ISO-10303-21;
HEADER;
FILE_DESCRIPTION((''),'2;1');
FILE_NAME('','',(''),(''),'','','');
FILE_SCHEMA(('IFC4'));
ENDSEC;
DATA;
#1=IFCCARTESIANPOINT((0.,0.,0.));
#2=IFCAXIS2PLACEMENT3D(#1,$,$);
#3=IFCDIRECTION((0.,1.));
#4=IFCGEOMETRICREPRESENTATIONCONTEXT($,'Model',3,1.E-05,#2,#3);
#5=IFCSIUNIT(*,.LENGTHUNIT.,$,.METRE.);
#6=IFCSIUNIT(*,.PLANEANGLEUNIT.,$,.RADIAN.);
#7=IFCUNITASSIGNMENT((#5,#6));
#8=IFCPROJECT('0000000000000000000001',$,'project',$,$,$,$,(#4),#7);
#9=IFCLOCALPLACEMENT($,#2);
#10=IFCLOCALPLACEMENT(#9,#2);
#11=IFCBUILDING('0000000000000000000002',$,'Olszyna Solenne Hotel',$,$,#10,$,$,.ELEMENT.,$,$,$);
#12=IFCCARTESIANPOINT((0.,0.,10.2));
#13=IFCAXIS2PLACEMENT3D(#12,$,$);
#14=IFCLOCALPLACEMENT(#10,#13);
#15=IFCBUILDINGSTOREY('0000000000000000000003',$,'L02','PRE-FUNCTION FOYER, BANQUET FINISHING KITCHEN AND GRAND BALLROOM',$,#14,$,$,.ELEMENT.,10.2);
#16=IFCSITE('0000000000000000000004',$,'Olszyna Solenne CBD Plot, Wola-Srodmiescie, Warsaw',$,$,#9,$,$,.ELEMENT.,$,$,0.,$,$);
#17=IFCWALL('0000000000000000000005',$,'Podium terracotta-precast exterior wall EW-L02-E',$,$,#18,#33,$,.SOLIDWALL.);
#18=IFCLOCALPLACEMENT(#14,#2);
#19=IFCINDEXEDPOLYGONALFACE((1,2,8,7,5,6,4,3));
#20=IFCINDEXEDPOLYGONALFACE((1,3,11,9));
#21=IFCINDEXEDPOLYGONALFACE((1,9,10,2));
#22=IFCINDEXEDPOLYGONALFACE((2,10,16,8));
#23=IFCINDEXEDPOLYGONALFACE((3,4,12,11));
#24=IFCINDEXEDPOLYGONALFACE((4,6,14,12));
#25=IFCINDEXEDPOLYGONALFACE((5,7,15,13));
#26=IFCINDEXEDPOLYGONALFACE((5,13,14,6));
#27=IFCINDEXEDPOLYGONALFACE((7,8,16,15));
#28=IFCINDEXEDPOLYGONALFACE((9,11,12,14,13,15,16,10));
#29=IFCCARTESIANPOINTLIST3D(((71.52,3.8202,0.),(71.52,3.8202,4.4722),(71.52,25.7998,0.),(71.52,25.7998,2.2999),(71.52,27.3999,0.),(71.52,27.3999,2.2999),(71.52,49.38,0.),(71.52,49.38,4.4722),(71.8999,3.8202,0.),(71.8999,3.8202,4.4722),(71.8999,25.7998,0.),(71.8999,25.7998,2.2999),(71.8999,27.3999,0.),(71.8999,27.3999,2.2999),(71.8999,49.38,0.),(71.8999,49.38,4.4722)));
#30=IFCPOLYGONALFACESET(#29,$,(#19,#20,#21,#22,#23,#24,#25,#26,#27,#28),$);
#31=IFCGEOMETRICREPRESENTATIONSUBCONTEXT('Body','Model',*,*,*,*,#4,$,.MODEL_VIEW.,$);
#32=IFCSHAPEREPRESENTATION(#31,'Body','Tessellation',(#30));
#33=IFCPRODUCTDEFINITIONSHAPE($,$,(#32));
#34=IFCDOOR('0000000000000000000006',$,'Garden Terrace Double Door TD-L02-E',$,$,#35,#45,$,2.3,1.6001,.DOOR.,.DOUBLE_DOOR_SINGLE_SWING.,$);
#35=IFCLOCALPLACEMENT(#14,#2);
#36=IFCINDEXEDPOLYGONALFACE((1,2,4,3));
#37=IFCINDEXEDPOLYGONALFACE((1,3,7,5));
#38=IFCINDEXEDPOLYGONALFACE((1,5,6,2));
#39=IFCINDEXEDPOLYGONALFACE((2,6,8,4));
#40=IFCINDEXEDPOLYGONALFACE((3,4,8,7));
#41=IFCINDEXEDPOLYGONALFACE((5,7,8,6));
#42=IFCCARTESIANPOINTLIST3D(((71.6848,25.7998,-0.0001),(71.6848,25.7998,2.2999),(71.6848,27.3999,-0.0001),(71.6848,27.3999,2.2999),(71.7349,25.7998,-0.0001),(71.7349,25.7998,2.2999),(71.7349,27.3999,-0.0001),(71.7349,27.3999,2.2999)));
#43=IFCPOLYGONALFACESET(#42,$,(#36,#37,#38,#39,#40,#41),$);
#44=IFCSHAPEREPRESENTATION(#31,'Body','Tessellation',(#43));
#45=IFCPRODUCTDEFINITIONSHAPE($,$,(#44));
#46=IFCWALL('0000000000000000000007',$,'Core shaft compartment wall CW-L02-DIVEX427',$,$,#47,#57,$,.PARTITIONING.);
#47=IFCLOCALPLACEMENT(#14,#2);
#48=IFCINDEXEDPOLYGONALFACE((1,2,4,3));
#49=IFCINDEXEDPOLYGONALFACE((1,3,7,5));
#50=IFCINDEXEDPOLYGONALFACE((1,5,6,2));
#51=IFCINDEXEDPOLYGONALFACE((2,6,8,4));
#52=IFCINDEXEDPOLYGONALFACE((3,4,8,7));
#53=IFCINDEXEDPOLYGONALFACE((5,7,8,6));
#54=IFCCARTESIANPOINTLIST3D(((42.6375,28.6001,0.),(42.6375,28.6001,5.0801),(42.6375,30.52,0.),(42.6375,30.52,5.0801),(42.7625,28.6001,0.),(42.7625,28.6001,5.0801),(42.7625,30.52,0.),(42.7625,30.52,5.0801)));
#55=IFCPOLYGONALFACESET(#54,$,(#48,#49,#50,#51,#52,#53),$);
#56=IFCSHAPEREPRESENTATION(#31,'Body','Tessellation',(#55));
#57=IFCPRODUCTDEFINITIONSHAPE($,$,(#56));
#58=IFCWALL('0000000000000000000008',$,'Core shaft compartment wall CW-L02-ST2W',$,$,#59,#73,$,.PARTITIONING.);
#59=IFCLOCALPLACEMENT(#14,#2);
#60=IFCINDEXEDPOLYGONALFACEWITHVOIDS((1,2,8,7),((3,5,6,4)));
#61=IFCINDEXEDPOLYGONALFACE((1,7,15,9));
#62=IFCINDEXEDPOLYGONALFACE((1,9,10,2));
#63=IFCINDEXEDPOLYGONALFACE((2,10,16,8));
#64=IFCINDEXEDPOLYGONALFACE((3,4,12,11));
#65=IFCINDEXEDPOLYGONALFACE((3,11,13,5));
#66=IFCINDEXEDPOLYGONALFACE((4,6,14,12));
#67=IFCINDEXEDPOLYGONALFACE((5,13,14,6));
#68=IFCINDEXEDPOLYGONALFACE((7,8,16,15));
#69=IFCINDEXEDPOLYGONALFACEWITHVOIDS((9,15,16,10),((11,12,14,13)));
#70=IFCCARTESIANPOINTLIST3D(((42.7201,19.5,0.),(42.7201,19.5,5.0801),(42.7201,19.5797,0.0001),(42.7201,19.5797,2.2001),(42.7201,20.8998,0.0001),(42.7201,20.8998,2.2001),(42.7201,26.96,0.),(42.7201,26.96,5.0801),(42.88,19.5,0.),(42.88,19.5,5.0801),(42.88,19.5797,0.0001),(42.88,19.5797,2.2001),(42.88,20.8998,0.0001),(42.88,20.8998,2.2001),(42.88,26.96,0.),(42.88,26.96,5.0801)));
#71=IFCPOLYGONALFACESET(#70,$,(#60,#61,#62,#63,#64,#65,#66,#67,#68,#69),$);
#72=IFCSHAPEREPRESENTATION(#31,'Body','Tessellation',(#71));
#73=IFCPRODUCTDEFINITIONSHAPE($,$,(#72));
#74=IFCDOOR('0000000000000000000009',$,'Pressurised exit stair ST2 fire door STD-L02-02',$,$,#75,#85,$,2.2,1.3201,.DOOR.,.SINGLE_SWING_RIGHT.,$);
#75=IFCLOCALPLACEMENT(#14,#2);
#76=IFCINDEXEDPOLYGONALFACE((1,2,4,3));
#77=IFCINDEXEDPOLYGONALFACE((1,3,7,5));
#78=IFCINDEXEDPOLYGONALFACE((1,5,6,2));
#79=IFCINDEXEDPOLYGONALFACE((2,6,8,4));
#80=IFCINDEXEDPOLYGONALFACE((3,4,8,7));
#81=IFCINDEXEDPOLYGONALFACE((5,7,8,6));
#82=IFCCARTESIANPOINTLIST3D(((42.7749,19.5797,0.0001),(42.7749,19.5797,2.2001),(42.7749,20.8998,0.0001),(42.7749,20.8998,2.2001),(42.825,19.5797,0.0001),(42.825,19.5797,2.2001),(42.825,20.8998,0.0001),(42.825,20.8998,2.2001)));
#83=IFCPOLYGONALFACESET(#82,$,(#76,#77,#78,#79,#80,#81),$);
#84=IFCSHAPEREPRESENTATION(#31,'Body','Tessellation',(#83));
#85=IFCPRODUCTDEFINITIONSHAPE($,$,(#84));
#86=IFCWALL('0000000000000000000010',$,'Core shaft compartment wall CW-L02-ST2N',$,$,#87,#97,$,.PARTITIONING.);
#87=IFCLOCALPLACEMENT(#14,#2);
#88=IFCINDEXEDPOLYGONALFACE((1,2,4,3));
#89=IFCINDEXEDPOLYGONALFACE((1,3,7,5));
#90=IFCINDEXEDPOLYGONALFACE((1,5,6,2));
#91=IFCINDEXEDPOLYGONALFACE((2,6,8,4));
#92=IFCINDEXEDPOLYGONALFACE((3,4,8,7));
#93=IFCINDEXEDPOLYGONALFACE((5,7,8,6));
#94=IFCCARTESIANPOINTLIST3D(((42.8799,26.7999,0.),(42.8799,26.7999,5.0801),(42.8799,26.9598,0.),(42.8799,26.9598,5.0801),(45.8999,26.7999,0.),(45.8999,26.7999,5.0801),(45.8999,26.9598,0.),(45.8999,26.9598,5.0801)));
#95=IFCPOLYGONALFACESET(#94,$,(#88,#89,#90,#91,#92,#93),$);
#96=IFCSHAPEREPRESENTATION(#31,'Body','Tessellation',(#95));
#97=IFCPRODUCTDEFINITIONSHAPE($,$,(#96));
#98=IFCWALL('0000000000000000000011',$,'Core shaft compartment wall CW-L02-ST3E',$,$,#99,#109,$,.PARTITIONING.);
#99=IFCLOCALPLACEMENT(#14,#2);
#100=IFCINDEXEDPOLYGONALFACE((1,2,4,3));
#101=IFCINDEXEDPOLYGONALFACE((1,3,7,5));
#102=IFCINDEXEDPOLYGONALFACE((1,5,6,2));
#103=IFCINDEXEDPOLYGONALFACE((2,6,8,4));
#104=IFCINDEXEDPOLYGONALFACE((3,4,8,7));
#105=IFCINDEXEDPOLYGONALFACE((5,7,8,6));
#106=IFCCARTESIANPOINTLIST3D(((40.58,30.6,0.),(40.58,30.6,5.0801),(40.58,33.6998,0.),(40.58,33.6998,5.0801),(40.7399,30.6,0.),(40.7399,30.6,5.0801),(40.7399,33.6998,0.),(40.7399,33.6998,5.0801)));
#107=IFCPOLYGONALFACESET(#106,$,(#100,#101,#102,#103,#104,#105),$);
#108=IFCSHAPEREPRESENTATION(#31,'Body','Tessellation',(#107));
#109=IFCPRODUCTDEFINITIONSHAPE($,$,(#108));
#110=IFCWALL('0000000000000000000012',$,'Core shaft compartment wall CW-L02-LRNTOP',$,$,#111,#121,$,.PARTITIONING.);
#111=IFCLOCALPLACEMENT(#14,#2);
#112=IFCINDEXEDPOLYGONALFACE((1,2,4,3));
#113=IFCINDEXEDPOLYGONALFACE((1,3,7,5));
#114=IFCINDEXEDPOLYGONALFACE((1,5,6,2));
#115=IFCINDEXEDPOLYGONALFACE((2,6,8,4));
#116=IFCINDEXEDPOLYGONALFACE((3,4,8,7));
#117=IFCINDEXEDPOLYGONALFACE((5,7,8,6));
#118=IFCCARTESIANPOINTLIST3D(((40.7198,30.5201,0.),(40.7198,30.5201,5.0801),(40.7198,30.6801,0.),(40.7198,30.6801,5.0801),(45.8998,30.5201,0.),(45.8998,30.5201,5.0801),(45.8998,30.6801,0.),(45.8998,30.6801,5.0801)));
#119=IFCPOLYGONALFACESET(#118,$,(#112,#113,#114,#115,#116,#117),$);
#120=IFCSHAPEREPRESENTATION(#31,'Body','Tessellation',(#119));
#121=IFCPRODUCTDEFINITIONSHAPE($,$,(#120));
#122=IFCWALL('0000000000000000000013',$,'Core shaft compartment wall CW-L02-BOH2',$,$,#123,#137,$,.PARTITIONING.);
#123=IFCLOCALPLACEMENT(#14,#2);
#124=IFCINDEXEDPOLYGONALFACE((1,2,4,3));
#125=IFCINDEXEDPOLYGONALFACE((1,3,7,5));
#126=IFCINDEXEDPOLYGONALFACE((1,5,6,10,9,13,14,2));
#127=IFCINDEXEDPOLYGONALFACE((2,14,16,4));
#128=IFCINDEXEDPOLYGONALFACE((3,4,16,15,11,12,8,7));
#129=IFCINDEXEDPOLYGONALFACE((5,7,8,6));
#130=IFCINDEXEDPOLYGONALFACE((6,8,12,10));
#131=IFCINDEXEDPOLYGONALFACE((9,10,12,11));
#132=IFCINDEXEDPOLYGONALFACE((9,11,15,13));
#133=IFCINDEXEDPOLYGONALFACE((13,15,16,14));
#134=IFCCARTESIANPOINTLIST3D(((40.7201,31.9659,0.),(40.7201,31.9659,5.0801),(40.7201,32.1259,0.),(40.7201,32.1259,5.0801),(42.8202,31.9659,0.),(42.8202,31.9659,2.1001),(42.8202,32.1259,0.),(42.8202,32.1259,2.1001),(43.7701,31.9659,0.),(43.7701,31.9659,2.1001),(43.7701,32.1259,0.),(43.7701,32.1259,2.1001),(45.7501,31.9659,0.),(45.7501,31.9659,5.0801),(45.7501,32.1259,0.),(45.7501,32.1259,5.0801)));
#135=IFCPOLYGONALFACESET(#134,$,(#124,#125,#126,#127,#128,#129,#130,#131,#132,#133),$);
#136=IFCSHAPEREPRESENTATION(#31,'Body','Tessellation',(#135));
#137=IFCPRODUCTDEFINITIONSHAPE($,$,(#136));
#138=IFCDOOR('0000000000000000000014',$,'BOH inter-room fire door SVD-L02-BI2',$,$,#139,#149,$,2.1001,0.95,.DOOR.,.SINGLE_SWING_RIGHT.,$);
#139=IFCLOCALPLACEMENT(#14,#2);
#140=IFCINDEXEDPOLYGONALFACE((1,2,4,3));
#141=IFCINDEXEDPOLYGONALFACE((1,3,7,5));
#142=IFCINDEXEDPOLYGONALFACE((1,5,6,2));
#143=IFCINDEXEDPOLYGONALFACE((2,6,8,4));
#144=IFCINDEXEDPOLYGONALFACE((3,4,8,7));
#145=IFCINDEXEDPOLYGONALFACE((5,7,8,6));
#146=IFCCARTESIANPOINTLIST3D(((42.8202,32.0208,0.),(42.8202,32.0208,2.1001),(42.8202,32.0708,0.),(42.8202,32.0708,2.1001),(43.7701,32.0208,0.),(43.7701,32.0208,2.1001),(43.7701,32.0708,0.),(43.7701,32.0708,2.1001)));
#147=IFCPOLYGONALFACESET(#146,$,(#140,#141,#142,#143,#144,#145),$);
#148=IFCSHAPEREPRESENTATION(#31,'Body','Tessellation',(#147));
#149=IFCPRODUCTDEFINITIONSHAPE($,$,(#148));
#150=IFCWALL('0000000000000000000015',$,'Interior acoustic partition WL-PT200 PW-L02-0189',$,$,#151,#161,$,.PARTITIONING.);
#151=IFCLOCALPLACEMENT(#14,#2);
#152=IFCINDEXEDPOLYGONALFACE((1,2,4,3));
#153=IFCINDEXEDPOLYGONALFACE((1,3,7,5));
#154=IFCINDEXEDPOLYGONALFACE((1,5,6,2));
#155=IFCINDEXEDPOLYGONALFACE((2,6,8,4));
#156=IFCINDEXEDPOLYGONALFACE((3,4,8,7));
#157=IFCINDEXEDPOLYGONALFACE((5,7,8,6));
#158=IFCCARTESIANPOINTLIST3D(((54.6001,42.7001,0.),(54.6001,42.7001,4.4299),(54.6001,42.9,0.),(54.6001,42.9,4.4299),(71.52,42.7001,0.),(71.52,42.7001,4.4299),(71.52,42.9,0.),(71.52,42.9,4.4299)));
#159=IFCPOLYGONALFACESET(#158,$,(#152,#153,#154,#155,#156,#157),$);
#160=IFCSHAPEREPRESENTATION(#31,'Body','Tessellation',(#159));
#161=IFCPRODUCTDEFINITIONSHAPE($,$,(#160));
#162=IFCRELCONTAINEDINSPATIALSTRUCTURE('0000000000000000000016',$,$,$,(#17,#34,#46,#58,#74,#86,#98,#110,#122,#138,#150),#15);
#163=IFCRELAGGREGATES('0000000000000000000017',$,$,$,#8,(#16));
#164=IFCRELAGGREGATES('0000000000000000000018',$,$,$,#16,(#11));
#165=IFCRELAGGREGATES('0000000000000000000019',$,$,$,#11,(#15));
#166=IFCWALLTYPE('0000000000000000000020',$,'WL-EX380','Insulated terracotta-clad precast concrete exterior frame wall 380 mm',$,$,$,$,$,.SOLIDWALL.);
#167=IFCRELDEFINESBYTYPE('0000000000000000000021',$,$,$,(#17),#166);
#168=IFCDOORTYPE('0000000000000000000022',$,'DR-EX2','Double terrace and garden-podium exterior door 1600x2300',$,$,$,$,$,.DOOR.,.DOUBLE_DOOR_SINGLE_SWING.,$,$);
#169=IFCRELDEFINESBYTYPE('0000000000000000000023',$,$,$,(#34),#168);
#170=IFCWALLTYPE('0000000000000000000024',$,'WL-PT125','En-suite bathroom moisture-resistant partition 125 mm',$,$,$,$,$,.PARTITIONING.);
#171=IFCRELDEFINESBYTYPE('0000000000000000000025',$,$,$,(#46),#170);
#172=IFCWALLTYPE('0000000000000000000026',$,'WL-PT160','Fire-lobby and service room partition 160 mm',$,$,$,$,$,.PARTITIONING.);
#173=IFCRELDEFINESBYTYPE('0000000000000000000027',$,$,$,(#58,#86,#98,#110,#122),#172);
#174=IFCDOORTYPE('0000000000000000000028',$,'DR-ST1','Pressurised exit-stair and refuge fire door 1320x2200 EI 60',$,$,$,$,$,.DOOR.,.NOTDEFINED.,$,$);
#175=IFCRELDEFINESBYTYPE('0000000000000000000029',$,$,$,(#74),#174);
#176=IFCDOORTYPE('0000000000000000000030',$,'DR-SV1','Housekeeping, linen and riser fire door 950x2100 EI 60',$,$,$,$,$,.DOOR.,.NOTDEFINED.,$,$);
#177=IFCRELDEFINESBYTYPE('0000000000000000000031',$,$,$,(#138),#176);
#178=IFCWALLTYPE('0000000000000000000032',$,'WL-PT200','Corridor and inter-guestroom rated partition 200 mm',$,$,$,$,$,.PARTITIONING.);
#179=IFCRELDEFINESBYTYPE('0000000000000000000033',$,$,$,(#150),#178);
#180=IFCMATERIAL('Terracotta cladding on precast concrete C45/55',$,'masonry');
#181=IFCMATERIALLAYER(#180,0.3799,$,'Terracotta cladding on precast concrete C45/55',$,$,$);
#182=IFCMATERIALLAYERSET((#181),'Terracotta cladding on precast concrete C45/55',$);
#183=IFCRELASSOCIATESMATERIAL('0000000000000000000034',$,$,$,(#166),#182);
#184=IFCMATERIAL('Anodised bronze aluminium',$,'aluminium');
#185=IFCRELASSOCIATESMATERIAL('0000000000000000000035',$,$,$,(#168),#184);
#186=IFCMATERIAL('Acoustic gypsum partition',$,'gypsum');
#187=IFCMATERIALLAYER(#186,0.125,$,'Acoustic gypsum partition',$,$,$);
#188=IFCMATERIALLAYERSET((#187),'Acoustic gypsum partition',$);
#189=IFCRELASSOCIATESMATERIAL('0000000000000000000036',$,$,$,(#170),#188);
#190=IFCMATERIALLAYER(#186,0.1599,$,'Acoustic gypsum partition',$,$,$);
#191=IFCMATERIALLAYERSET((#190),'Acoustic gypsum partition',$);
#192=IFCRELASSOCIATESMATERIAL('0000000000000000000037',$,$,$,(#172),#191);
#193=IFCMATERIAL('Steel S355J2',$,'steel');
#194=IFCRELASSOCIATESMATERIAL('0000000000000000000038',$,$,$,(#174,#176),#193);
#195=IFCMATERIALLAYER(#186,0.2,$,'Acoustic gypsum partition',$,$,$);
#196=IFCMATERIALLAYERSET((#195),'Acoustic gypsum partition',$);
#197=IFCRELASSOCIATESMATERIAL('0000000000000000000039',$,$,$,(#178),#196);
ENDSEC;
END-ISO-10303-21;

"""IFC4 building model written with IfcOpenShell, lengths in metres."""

from ifc_helpers import new_model, si_unit, direction, frame, frame_2d, origin, place, context, subcontext, project, spatial, rectangle, extrude, source, transform, mapped, material, layer, layer_set, type_object, type_shapes, element, fill, save


model = new_model("IFC4")

# Units and contexts
model_context = context("Model", 3, precision=1e-05, world=origin(), true_north=direction((0.0, 1.0)))
body_context = subcontext(model_context, "Body", "Model", "MODEL_VIEW")
ifc_project = project(units=[si_unit("LENGTHUNIT", "METRE"), si_unit("PLANEANGLEUNIT", "RADIAN")], contexts=[model_context])

# Site, building, storey
site_placement = place(None, origin())
site = spatial("IfcSite", under=ifc_project, at=site_placement, Name="Olszyna Solenne CBD Plot, Wola-Srodmiescie, Warsaw", CompositionType="ELEMENT", RefElevation=0.0)
building_placement = place(site_placement, origin())
building = spatial("IfcBuilding", under=site, at=building_placement, Name="Olszyna Solenne Hotel", CompositionType="ELEMENT")
storey_placement = place(building_placement, frame((0.0, 0.0, 10.2)))
storey = spatial("IfcBuildingStorey", under=building, at=storey_placement, Name="L02", Description="PRE-FUNCTION FOYER, BANQUET FINISHING KITCHEN AND GRAND BALLROOM", CompositionType="ELEMENT", Elevation=10.2)

# Shared definitions
ifc_material_1 = material(Name="Steel S355J2", Category="steel")

# Shared definitions
ifc_material_2 = material(Name="Anodised bronze aluminium", Category="aluminium")

# Shared definitions
ifc_material_3 = material(Name="Terracotta cladding on precast concrete C45/55", Category="masonry")
ifc_layer_1 = layer(ifc_material_3, 0.3799, Name="Terracotta cladding on precast concrete C45/55")
ifc_layer_set_1 = layer_set([ifc_layer_1], Name="Terracotta cladding on precast concrete C45/55")
wall_type_1 = type_object("IfcWallType", Name="WL-EX380", Description="Insulated terracotta-clad precast concrete exterior frame wall 380 mm", PredefinedType="SOLIDWALL", material=ifc_layer_set_1)

# Wall, opening, door
wall_1_placement = place(storey_placement, frame((71.71, 49.3799, 0.0), z_axis=(0.0, 0.0, 1.0), x_axis=(0.0, -1.0, 0.0)))
wall_1 = element("IfcWall", 1, at=wall_1_placement, inside=storey, type_object=wall_type_1, Name="Podium terracotta-precast exterior wall EW-L02-E", PredefinedType="SOLIDWALL", context=body_context, shape_type="SweptSolid", body=[
    extrude(rectangle(XDim=45.5598, YDim=0.3799, at=frame_2d((22.7798, 0.0))), origin(), (0.0, 0.0, 1.0), 4.4722),
])
opening_1_placement = place(wall_1_placement, frame((21.98, 0.0, 0.0)))
opening_1 = element("IfcOpeningElement", 2, at=opening_1_placement, cuts=wall_1, PredefinedType="OPENING", context=body_context, shape_type="SweptSolid", body=[
    extrude(rectangle(XDim=1.6001, YDim=2.3, at=frame_2d((0.8, 1.1499))), frame((0.0, 0.2, 0.0), z_axis=(0.0, -1.0, 0.0), x_axis=(1.0, 0.0, 0.0)), (0.0, 0.0, 1.0), 0.3999),
])
door_type_1 = type_object("IfcDoorType", Name="DR-EX2", Description="Double terrace and garden-podium exterior door 1600x2300", OperationType="DOUBLE_DOOR_SINGLE_SWING", PredefinedType="DOOR", material=ifc_material_2)
shared_shape_1 = source(origin(), body_context, "Body", "SweptSolid", [
    extrude(rectangle(XDim=1.6001, YDim=2.3, at=frame_2d((0.8, 1.1499))), frame((0.0, 0.0249, 0.0), z_axis=(0.0, -1.0, 0.0), x_axis=(1.0, 0.0, 0.0)), (0.0, 0.0, 1.0), 0.05),
])
type_shapes(door_type_1, [shared_shape_1])
door_1_placement = place(opening_1_placement, origin())
door_1 = element("IfcDoor", 3, at=door_1_placement, inside=storey, type_object=door_type_1, Name="Garden Terrace Double Door TD-L02-E", OperationType="DOUBLE_DOOR_SINGLE_SWING", OverallHeight=2.3, OverallWidth=1.6001, PredefinedType="DOOR", context=body_context, shape_type="MappedRepresentation", body=[
    mapped(shared_shape_1, transform((0.0, 0.0, 0.0), x_axis=(1.0, 0.0, 0.0), y_axis=(0.0, 1.0, 0.0), z_axis=(0.0, 0.0, 1.0), scale=1.0)),
])
fill(opening_1, door_1)

# Wall
ifc_material_4 = material(Name="Acoustic gypsum partition", Category="gypsum")
ifc_layer_2 = layer(ifc_material_4, 0.125, Name="Acoustic gypsum partition")
ifc_layer_set_2 = layer_set([ifc_layer_2], Name="Acoustic gypsum partition")
wall_type_2 = type_object("IfcWallType", Name="WL-PT125", Description="En-suite bathroom moisture-resistant partition 125 mm", PredefinedType="PARTITIONING", material=ifc_layer_set_2)
wall_2_placement = place(storey_placement, frame((42.7, 28.6001, 0.0), z_axis=(0.0, 0.0, 1.0), x_axis=(0.0, 1.0, 0.0)))
element("IfcWall", 4, at=wall_2_placement, inside=storey, type_object=wall_type_2, Name="Core shaft compartment wall CW-L02-DIVEX427", PredefinedType="PARTITIONING", context=body_context, shape_type="SweptSolid", body=[
    extrude(rectangle(XDim=1.9199, YDim=0.125, at=frame_2d((0.96, 0.0))), origin(), (0.0, 0.0, 1.0), 5.0801),
])

# Wall, opening, door
ifc_layer_3 = layer(ifc_material_4, 0.1599, Name="Acoustic gypsum partition")
ifc_layer_set_3 = layer_set([ifc_layer_3], Name="Acoustic gypsum partition")
wall_type_3 = type_object("IfcWallType", Name="WL-PT160", Description="Fire-lobby and service room partition 160 mm", PredefinedType="PARTITIONING", material=ifc_layer_set_3)
wall_3_placement = place(storey_placement, frame((42.8, 26.96, 0.0), z_axis=(0.0, 0.0, 1.0), x_axis=(0.0, -1.0, 0.0)))
wall_3 = element("IfcWall", 5, at=wall_3_placement, inside=storey, type_object=wall_type_3, Name="Core shaft compartment wall CW-L02-ST2W", PredefinedType="PARTITIONING", context=body_context, shape_type="SweptSolid", body=[
    extrude(rectangle(XDim=7.46, YDim=0.1599, at=frame_2d((3.73, 0.0))), origin(), (0.0, 0.0, 1.0), 5.0801),
])
opening_2_placement = place(wall_3_placement, frame((6.0601, 0.0, 0.0)))
opening_2 = element("IfcOpeningElement", 6, at=opening_2_placement, cuts=wall_3, PredefinedType="OPENING", context=body_context, shape_type="SweptSolid", body=[
    extrude(rectangle(XDim=1.3201, YDim=2.2, at=frame_2d((0.6602, 1.1001))), frame((0.0, 0.0898, 0.0), z_axis=(0.0, -1.0, 0.0), x_axis=(1.0, 0.0, 0.0)), (0.0, 0.0, 1.0), 0.1799),
])
door_type_2 = type_object("IfcDoorType", Name="DR-ST1", Description="Pressurised exit-stair and refuge fire door 1320x2200 EI 60", OperationType="NOTDEFINED", PredefinedType="DOOR", material=ifc_material_1)
shared_shape_2 = source(origin(), body_context, "Body", "SweptSolid", [
    extrude(rectangle(XDim=1.3201, YDim=2.2, at=frame_2d((0.6602, 1.1001))), frame((0.0, 0.0249, 0.0), z_axis=(0.0, -1.0, 0.0), x_axis=(1.0, 0.0, 0.0)), (0.0, 0.0, 1.0), 0.05),
])
type_shapes(door_type_2, [shared_shape_2])
door_2_placement = place(opening_2_placement, origin())
door_2 = element("IfcDoor", 7, at=door_2_placement, inside=storey, type_object=door_type_2, Name="Pressurised exit stair ST2 fire door STD-L02-02", OperationType="SINGLE_SWING_RIGHT", OverallHeight=2.2, OverallWidth=1.3201, PredefinedType="DOOR", context=body_context, shape_type="MappedRepresentation", body=[
    mapped(shared_shape_2, transform((0.0, 0.0, 0.0), x_axis=(1.0, 0.0, 0.0), y_axis=(0.0, 1.0, 0.0), z_axis=(0.0, 0.0, 1.0), scale=1.0)),
])
fill(opening_2, door_2)

# Walls
wall_4_placement = place(storey_placement, frame((42.8799, 26.8799, 0.0), z_axis=(0.0, 0.0, 1.0), x_axis=(1.0, 0.0, 0.0)))
element("IfcWall", 8, at=wall_4_placement, inside=storey, type_object=wall_type_3, Name="Core shaft compartment wall CW-L02-ST2N", PredefinedType="PARTITIONING", context=body_context, shape_type="SweptSolid", body=[
    extrude(rectangle(XDim=3.02, YDim=0.1599, at=frame_2d((1.51, 0.0))), origin(), (0.0, 0.0, 1.0), 5.0801),
])
wall_5_placement = place(storey_placement, frame((40.6599, 30.6001, 0.0), z_axis=(0.0, 0.0, 1.0), x_axis=(0.0, 1.0, 0.0)))
element("IfcWall", 9, at=wall_5_placement, inside=storey, type_object=wall_type_3, Name="Core shaft compartment wall CW-L02-ST3E", PredefinedType="PARTITIONING", context=body_context, shape_type="SweptSolid", body=[
    extrude(rectangle(XDim=3.0999, YDim=0.1599, at=frame_2d((1.5498, 0.0))), origin(), (0.0, 0.0, 1.0), 5.0801),
])
wall_6_placement = place(storey_placement, frame((40.72, 30.6001, 0.0), z_axis=(0.0, 0.0, 1.0), x_axis=(1.0, 0.0, 0.0)))
element("IfcWall", 10, at=wall_6_placement, inside=storey, type_object=wall_type_3, Name="Core shaft compartment wall CW-L02-LRNTOP", PredefinedType="PARTITIONING", context=body_context, shape_type="SweptSolid", body=[
    extrude(rectangle(XDim=5.1799, YDim=0.1599, at=frame_2d((2.5898, 0.0))), origin(), (0.0, 0.0, 1.0), 5.0801),
])

# Wall, opening, door
wall_7_placement = place(storey_placement, frame((40.72, 32.0459, 0.0), z_axis=(0.0, 0.0, 1.0), x_axis=(1.0, 0.0, 0.0)))
wall_7 = element("IfcWall", 11, at=wall_7_placement, inside=storey, type_object=wall_type_3, Name="Core shaft compartment wall CW-L02-BOH2", PredefinedType="PARTITIONING", context=body_context, shape_type="SweptSolid", body=[
    extrude(rectangle(XDim=5.03, YDim=0.1599, at=frame_2d((2.5151, 0.0))), origin(), (0.0, 0.0, 1.0), 5.0801),
])
opening_3_placement = place(wall_7_placement, frame((2.1001, 0.0, 0.0)))
opening_3 = element("IfcOpeningElement", 12, at=opening_3_placement, cuts=wall_7, PredefinedType="OPENING", context=body_context, shape_type="SweptSolid", body=[
    extrude(rectangle(XDim=0.95, YDim=2.1001, at=frame_2d((0.4751, 1.05))), frame((0.0, 0.0898, 0.0), z_axis=(0.0, -1.0, 0.0), x_axis=(1.0, 0.0, 0.0)), (0.0, 0.0, 1.0), 0.1799),
])
door_type_3 = type_object("IfcDoorType", Name="DR-SV1", Description="Housekeeping, linen and riser fire door 950x2100 EI 60", OperationType="NOTDEFINED", PredefinedType="DOOR", material=ifc_material_1)
shared_shape_3 = source(origin(), body_context, "Body", "SweptSolid", [
    extrude(rectangle(XDim=0.95, YDim=2.1001, at=frame_2d((0.4751, 1.05))), frame((0.0, 0.0249, 0.0), z_axis=(0.0, -1.0, 0.0), x_axis=(1.0, 0.0, 0.0)), (0.0, 0.0, 1.0), 0.05),
])
type_shapes(door_type_3, [shared_shape_3])
door_3_placement = place(opening_3_placement, origin())
door_3 = element("IfcDoor", 13, at=door_3_placement, inside=storey, type_object=door_type_3, Name="BOH inter-room fire door SVD-L02-BI2", OperationType="SINGLE_SWING_RIGHT", OverallHeight=2.1001, OverallWidth=0.95, PredefinedType="DOOR", context=body_context, shape_type="MappedRepresentation", body=[
    mapped(shared_shape_3, transform((0.0, 0.0, 0.0), x_axis=(1.0, 0.0, 0.0), y_axis=(0.0, 1.0, 0.0), z_axis=(0.0, 0.0, 1.0), scale=1.0)),
])
fill(opening_3, door_3)

# Wall
ifc_layer_4 = layer(ifc_material_4, 0.2, Name="Acoustic gypsum partition")
ifc_layer_set_4 = layer_set([ifc_layer_4], Name="Acoustic gypsum partition")
wall_type_4 = type_object("IfcWallType", Name="WL-PT200", Description="Corridor and inter-guestroom rated partition 200 mm", PredefinedType="PARTITIONING", material=ifc_layer_set_4)
wall_8_placement = place(storey_placement, frame((54.6001, 42.8, 0.0), z_axis=(0.0, 0.0, 1.0), x_axis=(1.0, 0.0, 0.0)))
element("IfcWall", 14, at=wall_8_placement, inside=storey, type_object=wall_type_4, Name="Interior acoustic partition WL-PT200 PW-L02-0189", PredefinedType="PARTITIONING", context=body_context, shape_type="SweptSolid", body=[
    extrude(rectangle(XDim=16.9199, YDim=0.2, at=frame_2d((8.46, 0.0))), origin(), (0.0, 0.0, 1.0), 4.4299),
])

save(model, "model.ifc")
